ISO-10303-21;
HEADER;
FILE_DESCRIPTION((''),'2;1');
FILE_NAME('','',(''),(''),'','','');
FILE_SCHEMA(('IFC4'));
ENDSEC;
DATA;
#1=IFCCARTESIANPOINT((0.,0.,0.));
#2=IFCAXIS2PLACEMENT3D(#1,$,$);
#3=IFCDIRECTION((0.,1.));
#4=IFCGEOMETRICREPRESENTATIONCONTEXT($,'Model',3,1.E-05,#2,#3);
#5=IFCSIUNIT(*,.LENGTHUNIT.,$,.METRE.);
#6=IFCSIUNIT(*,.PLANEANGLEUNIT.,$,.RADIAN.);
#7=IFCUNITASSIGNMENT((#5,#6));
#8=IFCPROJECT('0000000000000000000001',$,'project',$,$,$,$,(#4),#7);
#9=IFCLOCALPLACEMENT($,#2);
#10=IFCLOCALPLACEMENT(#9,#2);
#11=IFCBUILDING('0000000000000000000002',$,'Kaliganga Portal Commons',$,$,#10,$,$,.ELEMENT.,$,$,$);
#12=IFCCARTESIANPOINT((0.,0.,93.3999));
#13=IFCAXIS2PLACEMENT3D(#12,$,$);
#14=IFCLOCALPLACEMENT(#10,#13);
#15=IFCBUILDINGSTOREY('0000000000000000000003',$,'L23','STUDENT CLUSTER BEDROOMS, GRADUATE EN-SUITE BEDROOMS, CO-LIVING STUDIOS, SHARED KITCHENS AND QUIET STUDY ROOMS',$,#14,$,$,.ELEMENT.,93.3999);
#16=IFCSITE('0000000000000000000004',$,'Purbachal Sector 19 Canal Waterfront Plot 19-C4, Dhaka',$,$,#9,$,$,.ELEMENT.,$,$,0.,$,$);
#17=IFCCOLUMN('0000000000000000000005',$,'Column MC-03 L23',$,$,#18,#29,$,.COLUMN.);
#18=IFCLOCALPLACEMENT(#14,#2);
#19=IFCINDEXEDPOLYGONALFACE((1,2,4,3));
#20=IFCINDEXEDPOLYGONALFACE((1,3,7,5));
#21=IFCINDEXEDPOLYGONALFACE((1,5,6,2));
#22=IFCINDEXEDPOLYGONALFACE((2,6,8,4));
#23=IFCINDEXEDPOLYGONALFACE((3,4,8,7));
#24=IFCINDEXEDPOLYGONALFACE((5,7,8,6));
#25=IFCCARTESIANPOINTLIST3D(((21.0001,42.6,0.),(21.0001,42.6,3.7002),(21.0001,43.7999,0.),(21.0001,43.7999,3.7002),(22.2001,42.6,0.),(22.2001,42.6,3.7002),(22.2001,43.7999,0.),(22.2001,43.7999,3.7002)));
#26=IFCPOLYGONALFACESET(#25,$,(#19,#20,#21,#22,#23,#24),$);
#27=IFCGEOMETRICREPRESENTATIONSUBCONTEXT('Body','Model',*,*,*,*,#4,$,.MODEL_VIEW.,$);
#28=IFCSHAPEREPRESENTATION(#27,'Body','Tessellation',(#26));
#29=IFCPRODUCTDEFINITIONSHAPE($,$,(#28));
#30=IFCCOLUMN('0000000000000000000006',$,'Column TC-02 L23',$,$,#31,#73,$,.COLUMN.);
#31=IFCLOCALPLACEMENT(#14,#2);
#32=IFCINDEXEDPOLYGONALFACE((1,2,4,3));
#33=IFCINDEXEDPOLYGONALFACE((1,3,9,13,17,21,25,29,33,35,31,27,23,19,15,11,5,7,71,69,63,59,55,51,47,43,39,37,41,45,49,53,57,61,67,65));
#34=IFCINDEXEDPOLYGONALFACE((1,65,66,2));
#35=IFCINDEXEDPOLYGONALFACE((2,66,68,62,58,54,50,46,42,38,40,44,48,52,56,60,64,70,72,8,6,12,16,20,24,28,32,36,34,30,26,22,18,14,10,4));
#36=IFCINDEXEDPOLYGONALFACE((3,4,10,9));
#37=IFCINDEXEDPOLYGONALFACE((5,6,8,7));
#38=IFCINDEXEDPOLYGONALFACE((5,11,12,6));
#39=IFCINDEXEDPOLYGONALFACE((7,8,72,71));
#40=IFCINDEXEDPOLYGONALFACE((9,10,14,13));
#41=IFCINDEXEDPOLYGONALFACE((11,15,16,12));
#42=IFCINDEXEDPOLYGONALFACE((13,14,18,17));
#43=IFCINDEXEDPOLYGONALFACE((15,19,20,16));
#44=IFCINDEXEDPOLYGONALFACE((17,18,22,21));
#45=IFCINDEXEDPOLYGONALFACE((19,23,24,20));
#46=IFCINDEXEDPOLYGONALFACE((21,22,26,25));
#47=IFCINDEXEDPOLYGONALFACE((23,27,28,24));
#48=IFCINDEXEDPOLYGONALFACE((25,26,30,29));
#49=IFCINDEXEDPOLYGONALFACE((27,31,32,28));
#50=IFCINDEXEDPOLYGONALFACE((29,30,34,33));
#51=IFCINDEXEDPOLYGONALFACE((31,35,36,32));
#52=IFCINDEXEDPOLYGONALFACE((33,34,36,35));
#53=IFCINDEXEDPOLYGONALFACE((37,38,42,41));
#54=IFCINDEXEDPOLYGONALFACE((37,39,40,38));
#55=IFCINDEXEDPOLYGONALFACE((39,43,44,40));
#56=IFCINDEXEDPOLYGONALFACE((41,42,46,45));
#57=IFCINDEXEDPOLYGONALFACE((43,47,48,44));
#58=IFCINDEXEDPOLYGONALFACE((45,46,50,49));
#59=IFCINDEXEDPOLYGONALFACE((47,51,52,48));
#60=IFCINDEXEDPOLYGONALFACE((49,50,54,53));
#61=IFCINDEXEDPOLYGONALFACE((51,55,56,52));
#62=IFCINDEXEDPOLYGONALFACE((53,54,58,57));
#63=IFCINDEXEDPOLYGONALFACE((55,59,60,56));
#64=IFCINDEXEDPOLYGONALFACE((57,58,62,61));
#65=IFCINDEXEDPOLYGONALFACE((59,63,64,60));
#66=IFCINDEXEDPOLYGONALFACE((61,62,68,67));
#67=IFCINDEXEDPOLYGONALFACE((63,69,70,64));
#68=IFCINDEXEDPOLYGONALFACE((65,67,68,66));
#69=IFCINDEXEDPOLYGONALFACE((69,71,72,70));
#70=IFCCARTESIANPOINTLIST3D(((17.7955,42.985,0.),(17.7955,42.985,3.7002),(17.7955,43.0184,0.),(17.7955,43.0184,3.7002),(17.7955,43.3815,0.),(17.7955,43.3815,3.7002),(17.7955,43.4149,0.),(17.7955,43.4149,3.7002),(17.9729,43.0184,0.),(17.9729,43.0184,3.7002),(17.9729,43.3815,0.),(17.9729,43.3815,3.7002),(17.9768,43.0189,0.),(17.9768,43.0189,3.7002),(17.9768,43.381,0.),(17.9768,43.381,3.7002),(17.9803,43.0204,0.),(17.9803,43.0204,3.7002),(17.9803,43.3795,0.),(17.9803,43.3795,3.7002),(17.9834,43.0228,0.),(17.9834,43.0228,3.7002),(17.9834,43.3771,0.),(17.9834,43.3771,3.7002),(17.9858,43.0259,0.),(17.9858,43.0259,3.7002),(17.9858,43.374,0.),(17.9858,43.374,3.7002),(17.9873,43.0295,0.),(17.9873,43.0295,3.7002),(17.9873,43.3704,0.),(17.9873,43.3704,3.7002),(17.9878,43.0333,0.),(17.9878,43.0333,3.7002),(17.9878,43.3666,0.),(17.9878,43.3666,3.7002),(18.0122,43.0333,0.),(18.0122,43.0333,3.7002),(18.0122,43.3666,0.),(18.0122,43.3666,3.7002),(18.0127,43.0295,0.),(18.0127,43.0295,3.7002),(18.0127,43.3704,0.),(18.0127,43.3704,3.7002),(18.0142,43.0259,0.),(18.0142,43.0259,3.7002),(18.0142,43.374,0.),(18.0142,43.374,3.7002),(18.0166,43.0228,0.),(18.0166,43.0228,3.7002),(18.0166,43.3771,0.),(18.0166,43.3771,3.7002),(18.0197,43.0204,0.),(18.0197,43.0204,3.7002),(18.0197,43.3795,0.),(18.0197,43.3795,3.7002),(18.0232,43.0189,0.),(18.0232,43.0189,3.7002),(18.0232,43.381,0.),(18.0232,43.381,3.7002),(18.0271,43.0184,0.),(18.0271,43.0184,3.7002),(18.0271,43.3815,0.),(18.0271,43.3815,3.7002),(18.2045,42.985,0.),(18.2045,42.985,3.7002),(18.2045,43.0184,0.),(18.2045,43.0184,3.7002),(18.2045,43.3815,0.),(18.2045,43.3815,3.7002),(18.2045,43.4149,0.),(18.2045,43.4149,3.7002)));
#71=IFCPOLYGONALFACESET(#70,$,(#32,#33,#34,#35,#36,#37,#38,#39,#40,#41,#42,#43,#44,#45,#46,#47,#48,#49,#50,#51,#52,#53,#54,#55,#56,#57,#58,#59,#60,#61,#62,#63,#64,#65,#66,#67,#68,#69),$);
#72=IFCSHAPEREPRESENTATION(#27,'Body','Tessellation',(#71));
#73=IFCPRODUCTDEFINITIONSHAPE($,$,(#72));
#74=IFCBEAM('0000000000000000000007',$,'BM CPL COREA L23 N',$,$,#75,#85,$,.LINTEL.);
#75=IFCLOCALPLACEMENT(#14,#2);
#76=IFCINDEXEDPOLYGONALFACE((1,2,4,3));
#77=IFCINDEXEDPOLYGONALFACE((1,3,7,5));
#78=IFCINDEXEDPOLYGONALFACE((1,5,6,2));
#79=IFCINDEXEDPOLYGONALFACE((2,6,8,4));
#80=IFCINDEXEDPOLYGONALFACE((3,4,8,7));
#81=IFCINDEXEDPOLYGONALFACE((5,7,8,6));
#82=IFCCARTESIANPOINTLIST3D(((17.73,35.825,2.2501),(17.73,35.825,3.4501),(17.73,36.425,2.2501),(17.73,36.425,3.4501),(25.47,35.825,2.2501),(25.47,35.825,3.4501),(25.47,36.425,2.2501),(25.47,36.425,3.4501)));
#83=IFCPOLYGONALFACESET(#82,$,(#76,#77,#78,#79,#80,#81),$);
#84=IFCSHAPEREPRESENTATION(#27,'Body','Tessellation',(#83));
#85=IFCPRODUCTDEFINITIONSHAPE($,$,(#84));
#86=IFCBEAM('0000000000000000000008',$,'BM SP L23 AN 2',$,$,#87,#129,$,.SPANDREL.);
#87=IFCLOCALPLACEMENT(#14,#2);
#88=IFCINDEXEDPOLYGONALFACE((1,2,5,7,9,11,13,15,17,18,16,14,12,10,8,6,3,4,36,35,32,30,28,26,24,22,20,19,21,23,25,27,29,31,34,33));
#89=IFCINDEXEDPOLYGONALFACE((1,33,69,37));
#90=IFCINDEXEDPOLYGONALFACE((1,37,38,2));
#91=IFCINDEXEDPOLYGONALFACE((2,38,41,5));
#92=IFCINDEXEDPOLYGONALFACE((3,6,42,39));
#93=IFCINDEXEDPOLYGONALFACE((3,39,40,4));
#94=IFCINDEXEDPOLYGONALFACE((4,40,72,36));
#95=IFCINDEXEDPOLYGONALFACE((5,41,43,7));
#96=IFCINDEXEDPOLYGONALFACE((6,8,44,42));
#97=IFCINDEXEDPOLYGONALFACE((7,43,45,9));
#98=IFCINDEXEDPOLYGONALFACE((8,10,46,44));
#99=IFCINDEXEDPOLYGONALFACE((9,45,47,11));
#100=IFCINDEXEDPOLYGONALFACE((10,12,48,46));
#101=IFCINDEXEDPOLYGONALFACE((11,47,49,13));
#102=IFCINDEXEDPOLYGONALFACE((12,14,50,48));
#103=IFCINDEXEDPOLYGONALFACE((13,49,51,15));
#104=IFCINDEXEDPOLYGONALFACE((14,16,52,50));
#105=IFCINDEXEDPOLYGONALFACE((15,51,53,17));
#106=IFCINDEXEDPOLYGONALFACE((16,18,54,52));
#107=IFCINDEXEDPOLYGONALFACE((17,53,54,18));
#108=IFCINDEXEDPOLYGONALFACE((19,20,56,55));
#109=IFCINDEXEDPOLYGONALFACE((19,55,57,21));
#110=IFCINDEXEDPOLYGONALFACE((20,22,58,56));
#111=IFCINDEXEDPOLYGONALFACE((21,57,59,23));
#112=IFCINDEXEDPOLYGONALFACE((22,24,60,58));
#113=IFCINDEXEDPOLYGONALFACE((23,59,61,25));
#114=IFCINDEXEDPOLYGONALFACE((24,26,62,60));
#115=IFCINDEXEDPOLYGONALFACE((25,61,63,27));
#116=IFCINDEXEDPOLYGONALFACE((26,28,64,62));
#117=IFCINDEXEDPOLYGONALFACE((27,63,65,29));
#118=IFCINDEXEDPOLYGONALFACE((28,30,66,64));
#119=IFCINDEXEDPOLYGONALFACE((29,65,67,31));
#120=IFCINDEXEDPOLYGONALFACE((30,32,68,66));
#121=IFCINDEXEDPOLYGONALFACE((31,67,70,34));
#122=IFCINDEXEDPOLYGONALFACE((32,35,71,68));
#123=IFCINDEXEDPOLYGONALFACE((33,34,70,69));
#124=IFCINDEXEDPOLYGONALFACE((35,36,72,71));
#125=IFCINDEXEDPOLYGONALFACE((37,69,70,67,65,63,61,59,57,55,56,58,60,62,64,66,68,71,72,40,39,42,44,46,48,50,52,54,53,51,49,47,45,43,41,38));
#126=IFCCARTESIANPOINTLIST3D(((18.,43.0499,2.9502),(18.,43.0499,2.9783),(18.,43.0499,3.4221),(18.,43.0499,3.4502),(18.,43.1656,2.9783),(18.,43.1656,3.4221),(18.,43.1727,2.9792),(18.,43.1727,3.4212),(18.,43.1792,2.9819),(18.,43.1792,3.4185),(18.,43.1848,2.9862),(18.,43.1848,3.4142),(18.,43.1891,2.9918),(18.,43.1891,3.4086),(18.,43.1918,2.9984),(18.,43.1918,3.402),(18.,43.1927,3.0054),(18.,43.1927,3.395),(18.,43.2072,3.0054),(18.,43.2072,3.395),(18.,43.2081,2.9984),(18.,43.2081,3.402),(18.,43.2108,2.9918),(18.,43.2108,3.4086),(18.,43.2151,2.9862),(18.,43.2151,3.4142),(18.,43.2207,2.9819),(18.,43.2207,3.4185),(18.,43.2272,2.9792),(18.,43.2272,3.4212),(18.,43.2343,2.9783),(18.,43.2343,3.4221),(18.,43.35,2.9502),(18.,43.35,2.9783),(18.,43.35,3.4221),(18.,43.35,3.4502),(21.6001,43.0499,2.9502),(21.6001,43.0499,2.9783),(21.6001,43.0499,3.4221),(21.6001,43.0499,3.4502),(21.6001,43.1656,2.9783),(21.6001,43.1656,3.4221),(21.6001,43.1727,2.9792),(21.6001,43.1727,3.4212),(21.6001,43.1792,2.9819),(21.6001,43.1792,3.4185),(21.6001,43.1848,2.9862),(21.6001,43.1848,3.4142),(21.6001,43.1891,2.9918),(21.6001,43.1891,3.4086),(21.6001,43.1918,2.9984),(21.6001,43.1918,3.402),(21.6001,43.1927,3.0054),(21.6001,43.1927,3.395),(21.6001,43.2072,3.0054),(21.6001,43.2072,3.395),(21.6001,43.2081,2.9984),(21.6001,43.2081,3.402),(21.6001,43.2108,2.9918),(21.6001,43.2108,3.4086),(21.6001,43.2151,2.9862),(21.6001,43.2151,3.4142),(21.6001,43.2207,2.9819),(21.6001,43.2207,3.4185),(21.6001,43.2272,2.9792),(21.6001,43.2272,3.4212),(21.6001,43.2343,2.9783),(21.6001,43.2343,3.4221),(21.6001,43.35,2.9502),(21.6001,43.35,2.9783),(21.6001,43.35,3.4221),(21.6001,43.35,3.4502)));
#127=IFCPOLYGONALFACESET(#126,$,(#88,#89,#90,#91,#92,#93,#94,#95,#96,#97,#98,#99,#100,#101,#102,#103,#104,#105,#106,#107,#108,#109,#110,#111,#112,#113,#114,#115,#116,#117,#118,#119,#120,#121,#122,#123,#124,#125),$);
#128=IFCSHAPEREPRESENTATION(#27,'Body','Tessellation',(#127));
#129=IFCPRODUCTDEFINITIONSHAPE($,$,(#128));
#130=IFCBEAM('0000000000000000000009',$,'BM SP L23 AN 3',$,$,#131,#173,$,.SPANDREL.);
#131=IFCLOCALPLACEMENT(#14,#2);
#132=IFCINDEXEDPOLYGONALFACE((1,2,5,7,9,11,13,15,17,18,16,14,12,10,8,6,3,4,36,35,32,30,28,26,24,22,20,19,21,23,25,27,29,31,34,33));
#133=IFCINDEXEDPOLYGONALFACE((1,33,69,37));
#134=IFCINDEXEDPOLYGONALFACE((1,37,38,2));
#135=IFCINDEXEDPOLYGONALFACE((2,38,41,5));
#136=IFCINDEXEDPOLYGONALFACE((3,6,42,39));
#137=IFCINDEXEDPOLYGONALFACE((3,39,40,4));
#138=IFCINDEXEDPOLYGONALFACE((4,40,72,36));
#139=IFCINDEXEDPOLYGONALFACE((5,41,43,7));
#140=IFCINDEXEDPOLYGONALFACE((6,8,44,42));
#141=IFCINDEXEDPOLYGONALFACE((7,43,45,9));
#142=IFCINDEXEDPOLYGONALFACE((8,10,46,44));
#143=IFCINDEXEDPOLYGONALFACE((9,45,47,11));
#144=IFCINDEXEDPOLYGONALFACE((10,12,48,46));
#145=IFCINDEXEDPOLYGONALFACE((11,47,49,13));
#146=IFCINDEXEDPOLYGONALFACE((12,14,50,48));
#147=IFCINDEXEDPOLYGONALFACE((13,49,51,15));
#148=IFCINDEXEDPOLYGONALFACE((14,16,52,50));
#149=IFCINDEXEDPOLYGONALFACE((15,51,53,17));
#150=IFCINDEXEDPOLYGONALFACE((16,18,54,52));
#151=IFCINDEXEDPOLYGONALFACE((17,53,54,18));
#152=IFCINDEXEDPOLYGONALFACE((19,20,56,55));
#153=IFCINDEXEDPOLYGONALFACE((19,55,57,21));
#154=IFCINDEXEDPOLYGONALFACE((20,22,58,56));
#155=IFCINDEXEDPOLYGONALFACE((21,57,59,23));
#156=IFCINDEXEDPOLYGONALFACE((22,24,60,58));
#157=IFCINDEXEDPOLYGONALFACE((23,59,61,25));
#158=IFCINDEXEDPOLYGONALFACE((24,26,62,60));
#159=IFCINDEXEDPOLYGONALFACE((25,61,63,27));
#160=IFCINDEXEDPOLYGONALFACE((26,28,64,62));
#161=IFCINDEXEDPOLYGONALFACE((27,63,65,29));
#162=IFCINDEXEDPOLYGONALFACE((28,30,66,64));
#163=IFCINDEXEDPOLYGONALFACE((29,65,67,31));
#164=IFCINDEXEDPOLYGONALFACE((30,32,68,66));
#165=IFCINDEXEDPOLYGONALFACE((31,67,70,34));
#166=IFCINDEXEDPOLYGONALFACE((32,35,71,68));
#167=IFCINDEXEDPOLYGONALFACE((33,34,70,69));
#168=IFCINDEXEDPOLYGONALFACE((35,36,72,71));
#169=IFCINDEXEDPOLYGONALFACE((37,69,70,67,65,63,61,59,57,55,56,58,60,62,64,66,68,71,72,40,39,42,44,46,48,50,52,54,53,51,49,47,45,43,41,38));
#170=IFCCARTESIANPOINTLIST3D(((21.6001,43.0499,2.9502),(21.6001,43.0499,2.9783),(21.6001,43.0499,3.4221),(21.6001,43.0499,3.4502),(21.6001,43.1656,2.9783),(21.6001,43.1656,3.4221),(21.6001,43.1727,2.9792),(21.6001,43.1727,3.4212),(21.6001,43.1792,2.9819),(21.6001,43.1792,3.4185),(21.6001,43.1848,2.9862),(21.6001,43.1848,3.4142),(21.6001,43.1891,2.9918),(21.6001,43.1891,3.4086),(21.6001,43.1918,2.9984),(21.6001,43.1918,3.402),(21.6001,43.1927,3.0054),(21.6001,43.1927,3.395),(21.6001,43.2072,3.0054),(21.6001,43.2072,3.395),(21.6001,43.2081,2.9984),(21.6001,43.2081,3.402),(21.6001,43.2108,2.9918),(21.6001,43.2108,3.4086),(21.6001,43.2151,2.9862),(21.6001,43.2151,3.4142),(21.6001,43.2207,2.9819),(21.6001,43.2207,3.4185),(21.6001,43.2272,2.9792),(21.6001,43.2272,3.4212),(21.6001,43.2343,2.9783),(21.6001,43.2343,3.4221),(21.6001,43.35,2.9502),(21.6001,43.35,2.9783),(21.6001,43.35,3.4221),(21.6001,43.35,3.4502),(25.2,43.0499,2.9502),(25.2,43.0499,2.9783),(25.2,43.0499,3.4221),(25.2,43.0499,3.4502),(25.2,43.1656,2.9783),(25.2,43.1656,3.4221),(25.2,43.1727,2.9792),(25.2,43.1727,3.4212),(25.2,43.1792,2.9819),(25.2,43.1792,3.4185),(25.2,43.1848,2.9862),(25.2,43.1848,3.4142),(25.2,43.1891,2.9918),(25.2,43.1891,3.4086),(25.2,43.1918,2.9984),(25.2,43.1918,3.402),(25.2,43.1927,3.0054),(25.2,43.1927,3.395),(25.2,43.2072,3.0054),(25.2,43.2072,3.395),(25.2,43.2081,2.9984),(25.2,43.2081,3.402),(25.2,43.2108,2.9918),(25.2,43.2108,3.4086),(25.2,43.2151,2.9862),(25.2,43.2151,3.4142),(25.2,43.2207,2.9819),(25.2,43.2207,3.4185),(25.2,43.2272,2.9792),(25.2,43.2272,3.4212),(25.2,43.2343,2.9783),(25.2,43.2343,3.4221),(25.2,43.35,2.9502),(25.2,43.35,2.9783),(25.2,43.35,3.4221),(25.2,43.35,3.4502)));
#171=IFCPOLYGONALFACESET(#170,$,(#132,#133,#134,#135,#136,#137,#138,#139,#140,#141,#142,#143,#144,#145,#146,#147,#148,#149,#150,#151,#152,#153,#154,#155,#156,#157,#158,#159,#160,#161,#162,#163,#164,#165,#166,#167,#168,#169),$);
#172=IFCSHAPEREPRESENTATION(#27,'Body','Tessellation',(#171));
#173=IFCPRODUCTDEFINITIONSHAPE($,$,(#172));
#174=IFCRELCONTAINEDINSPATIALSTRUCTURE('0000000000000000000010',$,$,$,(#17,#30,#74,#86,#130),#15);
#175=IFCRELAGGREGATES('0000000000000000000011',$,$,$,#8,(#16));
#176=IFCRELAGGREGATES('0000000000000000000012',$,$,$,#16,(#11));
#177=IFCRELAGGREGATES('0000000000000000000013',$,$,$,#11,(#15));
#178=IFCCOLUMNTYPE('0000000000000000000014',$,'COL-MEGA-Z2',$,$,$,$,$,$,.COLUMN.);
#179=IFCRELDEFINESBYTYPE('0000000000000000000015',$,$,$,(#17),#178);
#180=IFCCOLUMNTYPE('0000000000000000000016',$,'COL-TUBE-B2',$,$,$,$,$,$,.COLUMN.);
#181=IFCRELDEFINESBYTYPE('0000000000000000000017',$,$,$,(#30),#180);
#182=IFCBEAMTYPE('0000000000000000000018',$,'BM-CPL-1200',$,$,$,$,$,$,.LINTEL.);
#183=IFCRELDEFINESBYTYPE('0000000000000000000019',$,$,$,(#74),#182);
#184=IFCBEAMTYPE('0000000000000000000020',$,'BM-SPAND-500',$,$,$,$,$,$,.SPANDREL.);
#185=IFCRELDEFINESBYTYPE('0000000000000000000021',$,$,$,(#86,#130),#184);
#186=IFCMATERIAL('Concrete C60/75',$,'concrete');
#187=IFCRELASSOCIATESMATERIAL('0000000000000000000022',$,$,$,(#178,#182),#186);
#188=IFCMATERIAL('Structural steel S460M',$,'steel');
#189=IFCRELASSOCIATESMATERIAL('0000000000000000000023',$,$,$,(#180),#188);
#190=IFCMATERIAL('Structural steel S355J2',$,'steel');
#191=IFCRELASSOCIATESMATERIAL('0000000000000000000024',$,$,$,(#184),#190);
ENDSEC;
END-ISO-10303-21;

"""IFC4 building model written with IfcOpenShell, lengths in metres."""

from ifc_helpers import new_model, si_unit, direction, frame, origin, origin_2d, place, context, subcontext, project, spatial, rectangle, i_section, extrude, source, transform, mapped, material, material_profile, profile_set, type_object, element, save


model = new_model("IFC4")

# Units and contexts
model_context = context("Model", 3, precision=1e-05, world=origin(), true_north=direction((0.0, 1.0)))
body_context = subcontext(model_context, "Body", "Model", "MODEL_VIEW")
ifc_project = project(units=[si_unit("LENGTHUNIT", "METRE"), si_unit("PLANEANGLEUNIT", "RADIAN")], contexts=[model_context])

# Site, building, storey
site_placement = place(None, origin())
site = spatial("IfcSite", under=ifc_project, at=site_placement, Name="Purbachal Sector 19 Canal Waterfront Plot 19-C4, Dhaka", CompositionType="ELEMENT", RefElevation=0.0)
building_placement = place(site_placement, origin())
building = spatial("IfcBuilding", under=site, at=building_placement, Name="Kaliganga Portal Commons", CompositionType="ELEMENT")
storey_placement = place(building_placement, frame((0.0, 0.0, 93.3999)))
storey = spatial("IfcBuildingStorey", under=building, at=storey_placement, Name="L23", Description="STUDENT CLUSTER BEDROOMS, GRADUATE EN-SUITE BEDROOMS, CO-LIVING STUDIOS, SHARED KITCHENS AND QUIET STUDY ROOMS", CompositionType="ELEMENT", Elevation=93.3999)

# Columns
ifc_material_1 = material(Name="Concrete C60/75", Category="concrete")
ifc_material_profile_1 = material_profile(ifc_material_1, rectangle(XDim=1.2, YDim=1.2, at=origin_2d()), Name="RC 1200x1200")
ifc_profile_set_1 = profile_set([ifc_material_profile_1], Name="Concrete C60/75")
column_type_1 = type_object("IfcColumnType", Name="COL-MEGA-Z2", PredefinedType="COLUMN", material=ifc_profile_set_1)
shared_shape_1 = source(origin(), body_context, "Body", "SweptSolid", [
    extrude(rectangle(XDim=1.2, YDim=1.2, at=origin_2d()), origin(), (0.0, 0.0, 1.0), 3.7002),
])
column_1_placement = place(storey_placement, frame((21.6001, 43.2, 0.0), z_axis=(0.0, 0.0, 1.0), x_axis=(1.0, 0.0, 0.0)))
element("IfcColumn", 1, at=column_1_placement, inside=storey, type_object=column_type_1, Name="Column MC-03 L23", PredefinedType="COLUMN", context=body_context, shape_type="MappedRepresentation", body=[
    mapped(shared_shape_1, transform((0.0, 0.0, 0.0), x_axis=(1.0, 0.0, 0.0), y_axis=(0.0, 1.0, 0.0), z_axis=(0.0, 0.0, 1.0), scale=1.0)),
])
ifc_material_2 = material(Name="Structural steel S460M", Category="steel")
ifc_material_profile_2 = material_profile(ifc_material_2, i_section(OverallWidth=0.4089, OverallDepth=0.4299, WebThickness=0.0244, FlangeThickness=0.0334, FilletRadius=0.0149, at=origin_2d()), Name="HD 400x421")
ifc_profile_set_2 = profile_set([ifc_material_profile_2], Name="Structural steel S460M wide-flange")
column_type_2 = type_object("IfcColumnType", Name="COL-TUBE-B2", PredefinedType="COLUMN", material=ifc_profile_set_2)
shared_shape_2 = source(origin(), body_context, "Body", "SweptSolid", [
    extrude(i_section(OverallWidth=0.4089, OverallDepth=0.4299, WebThickness=0.0244, FlangeThickness=0.0334, FilletRadius=0.0149, at=origin_2d()), origin(), (0.0, 0.0, 1.0), 3.7002),
])
column_2_placement = place(storey_placement, frame((18.0, 43.2, 0.0), z_axis=(0.0, 0.0, 1.0), x_axis=(1.0, 0.0, 0.0)))
element("IfcColumn", 2, at=column_2_placement, inside=storey, type_object=column_type_2, Name="Column TC-02 L23", PredefinedType="COLUMN", context=body_context, shape_type="MappedRepresentation", body=[
    mapped(shared_shape_2, transform((0.0, 0.0, 0.0), x_axis=(1.0, 0.0, 0.0), y_axis=(0.0, 1.0, 0.0), z_axis=(0.0, 0.0, 1.0), scale=1.0)),
])

# Beams
ifc_material_profile_3 = material_profile(ifc_material_1, rectangle(XDim=0.6001, YDim=1.2, at=origin_2d()), Name="RC 600x1200")
ifc_profile_set_3 = profile_set([ifc_material_profile_3], Name="Concrete C60/75")
beam_type_1 = type_object("IfcBeamType", Name="BM-CPL-1200", PredefinedType="LINTEL", material=ifc_profile_set_3)
shared_shape_3 = source(origin(), body_context, "Body", "SweptSolid", [
    extrude(rectangle(XDim=0.6001, YDim=1.2, at=origin_2d()), origin(), (0.0, 0.0, 1.0), 7.74),
])
beam_1_placement = place(storey_placement, frame((17.73, 36.125, 2.8501), z_axis=(1.0, 0.0, 0.0), x_axis=(0.0, 1.0, 0.0)))
element("IfcBeam", 3, at=beam_1_placement, inside=storey, type_object=beam_type_1, Name="BM CPL COREA L23 N", PredefinedType="LINTEL", context=body_context, shape_type="MappedRepresentation", body=[
    mapped(shared_shape_3, transform((0.0, 0.0, 0.0), x_axis=(1.0, 0.0, 0.0), y_axis=(0.0, 1.0, 0.0), z_axis=(0.0, 0.0, 1.0), scale=1.0)),
])
ifc_material_3 = material(Name="Structural steel S355J2", Category="steel")
ifc_material_profile_4 = material_profile(ifc_material_3, i_section(OverallWidth=0.3, OverallDepth=0.5, WebThickness=0.0144, FlangeThickness=0.0281, FilletRadius=0.0271, at=origin_2d()), Name="HE 500 B")
ifc_profile_set_4 = profile_set([ifc_material_profile_4], Name="Structural steel S355J2 wide-flange")
beam_type_2 = type_object("IfcBeamType", Name="BM-SPAND-500", PredefinedType="SPANDREL", material=ifc_profile_set_4)
shared_shape_4 = source(origin(), body_context, "Body", "SweptSolid", [
    extrude(i_section(OverallWidth=0.3, OverallDepth=0.5, WebThickness=0.0144, FlangeThickness=0.0281, FilletRadius=0.0271, at=origin_2d()), origin(), (0.0, 0.0, 1.0), 3.6001),
])
beam_2_placement = place(storey_placement, frame((18.0, 43.2, 3.2002), z_axis=(1.0, 0.0, 0.0), x_axis=(0.0, 1.0, 0.0)))
element("IfcBeam", 4, at=beam_2_placement, inside=storey, type_object=beam_type_2, Name="BM SP L23 AN 2", PredefinedType="SPANDREL", context=body_context, shape_type="MappedRepresentation", body=[
    mapped(shared_shape_4, transform((0.0, 0.0, 0.0), x_axis=(1.0, 0.0, 0.0), y_axis=(0.0, 1.0, 0.0), z_axis=(0.0, 0.0, 1.0), scale=1.0)),
])
shared_shape_5 = source(origin(), body_context, "Body", "SweptSolid", [
    extrude(i_section(OverallWidth=0.3, OverallDepth=0.5, WebThickness=0.0144, FlangeThickness=0.0281, FilletRadius=0.0271, at=origin_2d()), origin(), (0.0, 0.0, 1.0), 3.5999),
])
beam_3_placement = place(storey_placement, frame((21.6001, 43.2, 3.2002), z_axis=(1.0, 0.0, 0.0), x_axis=(0.0, 1.0, 0.0)))
element("IfcBeam", 5, at=beam_3_placement, inside=storey, type_object=beam_type_2, Name="BM SP L23 AN 3", PredefinedType="SPANDREL", context=body_context, shape_type="MappedRepresentation", body=[
    mapped(shared_shape_5, transform((0.0, 0.0, 0.0), x_axis=(1.0, 0.0, 0.0), y_axis=(0.0, 1.0, 0.0), z_axis=(0.0, 0.0, 1.0), scale=1.0)),
])

save(model, "model.ifc")
